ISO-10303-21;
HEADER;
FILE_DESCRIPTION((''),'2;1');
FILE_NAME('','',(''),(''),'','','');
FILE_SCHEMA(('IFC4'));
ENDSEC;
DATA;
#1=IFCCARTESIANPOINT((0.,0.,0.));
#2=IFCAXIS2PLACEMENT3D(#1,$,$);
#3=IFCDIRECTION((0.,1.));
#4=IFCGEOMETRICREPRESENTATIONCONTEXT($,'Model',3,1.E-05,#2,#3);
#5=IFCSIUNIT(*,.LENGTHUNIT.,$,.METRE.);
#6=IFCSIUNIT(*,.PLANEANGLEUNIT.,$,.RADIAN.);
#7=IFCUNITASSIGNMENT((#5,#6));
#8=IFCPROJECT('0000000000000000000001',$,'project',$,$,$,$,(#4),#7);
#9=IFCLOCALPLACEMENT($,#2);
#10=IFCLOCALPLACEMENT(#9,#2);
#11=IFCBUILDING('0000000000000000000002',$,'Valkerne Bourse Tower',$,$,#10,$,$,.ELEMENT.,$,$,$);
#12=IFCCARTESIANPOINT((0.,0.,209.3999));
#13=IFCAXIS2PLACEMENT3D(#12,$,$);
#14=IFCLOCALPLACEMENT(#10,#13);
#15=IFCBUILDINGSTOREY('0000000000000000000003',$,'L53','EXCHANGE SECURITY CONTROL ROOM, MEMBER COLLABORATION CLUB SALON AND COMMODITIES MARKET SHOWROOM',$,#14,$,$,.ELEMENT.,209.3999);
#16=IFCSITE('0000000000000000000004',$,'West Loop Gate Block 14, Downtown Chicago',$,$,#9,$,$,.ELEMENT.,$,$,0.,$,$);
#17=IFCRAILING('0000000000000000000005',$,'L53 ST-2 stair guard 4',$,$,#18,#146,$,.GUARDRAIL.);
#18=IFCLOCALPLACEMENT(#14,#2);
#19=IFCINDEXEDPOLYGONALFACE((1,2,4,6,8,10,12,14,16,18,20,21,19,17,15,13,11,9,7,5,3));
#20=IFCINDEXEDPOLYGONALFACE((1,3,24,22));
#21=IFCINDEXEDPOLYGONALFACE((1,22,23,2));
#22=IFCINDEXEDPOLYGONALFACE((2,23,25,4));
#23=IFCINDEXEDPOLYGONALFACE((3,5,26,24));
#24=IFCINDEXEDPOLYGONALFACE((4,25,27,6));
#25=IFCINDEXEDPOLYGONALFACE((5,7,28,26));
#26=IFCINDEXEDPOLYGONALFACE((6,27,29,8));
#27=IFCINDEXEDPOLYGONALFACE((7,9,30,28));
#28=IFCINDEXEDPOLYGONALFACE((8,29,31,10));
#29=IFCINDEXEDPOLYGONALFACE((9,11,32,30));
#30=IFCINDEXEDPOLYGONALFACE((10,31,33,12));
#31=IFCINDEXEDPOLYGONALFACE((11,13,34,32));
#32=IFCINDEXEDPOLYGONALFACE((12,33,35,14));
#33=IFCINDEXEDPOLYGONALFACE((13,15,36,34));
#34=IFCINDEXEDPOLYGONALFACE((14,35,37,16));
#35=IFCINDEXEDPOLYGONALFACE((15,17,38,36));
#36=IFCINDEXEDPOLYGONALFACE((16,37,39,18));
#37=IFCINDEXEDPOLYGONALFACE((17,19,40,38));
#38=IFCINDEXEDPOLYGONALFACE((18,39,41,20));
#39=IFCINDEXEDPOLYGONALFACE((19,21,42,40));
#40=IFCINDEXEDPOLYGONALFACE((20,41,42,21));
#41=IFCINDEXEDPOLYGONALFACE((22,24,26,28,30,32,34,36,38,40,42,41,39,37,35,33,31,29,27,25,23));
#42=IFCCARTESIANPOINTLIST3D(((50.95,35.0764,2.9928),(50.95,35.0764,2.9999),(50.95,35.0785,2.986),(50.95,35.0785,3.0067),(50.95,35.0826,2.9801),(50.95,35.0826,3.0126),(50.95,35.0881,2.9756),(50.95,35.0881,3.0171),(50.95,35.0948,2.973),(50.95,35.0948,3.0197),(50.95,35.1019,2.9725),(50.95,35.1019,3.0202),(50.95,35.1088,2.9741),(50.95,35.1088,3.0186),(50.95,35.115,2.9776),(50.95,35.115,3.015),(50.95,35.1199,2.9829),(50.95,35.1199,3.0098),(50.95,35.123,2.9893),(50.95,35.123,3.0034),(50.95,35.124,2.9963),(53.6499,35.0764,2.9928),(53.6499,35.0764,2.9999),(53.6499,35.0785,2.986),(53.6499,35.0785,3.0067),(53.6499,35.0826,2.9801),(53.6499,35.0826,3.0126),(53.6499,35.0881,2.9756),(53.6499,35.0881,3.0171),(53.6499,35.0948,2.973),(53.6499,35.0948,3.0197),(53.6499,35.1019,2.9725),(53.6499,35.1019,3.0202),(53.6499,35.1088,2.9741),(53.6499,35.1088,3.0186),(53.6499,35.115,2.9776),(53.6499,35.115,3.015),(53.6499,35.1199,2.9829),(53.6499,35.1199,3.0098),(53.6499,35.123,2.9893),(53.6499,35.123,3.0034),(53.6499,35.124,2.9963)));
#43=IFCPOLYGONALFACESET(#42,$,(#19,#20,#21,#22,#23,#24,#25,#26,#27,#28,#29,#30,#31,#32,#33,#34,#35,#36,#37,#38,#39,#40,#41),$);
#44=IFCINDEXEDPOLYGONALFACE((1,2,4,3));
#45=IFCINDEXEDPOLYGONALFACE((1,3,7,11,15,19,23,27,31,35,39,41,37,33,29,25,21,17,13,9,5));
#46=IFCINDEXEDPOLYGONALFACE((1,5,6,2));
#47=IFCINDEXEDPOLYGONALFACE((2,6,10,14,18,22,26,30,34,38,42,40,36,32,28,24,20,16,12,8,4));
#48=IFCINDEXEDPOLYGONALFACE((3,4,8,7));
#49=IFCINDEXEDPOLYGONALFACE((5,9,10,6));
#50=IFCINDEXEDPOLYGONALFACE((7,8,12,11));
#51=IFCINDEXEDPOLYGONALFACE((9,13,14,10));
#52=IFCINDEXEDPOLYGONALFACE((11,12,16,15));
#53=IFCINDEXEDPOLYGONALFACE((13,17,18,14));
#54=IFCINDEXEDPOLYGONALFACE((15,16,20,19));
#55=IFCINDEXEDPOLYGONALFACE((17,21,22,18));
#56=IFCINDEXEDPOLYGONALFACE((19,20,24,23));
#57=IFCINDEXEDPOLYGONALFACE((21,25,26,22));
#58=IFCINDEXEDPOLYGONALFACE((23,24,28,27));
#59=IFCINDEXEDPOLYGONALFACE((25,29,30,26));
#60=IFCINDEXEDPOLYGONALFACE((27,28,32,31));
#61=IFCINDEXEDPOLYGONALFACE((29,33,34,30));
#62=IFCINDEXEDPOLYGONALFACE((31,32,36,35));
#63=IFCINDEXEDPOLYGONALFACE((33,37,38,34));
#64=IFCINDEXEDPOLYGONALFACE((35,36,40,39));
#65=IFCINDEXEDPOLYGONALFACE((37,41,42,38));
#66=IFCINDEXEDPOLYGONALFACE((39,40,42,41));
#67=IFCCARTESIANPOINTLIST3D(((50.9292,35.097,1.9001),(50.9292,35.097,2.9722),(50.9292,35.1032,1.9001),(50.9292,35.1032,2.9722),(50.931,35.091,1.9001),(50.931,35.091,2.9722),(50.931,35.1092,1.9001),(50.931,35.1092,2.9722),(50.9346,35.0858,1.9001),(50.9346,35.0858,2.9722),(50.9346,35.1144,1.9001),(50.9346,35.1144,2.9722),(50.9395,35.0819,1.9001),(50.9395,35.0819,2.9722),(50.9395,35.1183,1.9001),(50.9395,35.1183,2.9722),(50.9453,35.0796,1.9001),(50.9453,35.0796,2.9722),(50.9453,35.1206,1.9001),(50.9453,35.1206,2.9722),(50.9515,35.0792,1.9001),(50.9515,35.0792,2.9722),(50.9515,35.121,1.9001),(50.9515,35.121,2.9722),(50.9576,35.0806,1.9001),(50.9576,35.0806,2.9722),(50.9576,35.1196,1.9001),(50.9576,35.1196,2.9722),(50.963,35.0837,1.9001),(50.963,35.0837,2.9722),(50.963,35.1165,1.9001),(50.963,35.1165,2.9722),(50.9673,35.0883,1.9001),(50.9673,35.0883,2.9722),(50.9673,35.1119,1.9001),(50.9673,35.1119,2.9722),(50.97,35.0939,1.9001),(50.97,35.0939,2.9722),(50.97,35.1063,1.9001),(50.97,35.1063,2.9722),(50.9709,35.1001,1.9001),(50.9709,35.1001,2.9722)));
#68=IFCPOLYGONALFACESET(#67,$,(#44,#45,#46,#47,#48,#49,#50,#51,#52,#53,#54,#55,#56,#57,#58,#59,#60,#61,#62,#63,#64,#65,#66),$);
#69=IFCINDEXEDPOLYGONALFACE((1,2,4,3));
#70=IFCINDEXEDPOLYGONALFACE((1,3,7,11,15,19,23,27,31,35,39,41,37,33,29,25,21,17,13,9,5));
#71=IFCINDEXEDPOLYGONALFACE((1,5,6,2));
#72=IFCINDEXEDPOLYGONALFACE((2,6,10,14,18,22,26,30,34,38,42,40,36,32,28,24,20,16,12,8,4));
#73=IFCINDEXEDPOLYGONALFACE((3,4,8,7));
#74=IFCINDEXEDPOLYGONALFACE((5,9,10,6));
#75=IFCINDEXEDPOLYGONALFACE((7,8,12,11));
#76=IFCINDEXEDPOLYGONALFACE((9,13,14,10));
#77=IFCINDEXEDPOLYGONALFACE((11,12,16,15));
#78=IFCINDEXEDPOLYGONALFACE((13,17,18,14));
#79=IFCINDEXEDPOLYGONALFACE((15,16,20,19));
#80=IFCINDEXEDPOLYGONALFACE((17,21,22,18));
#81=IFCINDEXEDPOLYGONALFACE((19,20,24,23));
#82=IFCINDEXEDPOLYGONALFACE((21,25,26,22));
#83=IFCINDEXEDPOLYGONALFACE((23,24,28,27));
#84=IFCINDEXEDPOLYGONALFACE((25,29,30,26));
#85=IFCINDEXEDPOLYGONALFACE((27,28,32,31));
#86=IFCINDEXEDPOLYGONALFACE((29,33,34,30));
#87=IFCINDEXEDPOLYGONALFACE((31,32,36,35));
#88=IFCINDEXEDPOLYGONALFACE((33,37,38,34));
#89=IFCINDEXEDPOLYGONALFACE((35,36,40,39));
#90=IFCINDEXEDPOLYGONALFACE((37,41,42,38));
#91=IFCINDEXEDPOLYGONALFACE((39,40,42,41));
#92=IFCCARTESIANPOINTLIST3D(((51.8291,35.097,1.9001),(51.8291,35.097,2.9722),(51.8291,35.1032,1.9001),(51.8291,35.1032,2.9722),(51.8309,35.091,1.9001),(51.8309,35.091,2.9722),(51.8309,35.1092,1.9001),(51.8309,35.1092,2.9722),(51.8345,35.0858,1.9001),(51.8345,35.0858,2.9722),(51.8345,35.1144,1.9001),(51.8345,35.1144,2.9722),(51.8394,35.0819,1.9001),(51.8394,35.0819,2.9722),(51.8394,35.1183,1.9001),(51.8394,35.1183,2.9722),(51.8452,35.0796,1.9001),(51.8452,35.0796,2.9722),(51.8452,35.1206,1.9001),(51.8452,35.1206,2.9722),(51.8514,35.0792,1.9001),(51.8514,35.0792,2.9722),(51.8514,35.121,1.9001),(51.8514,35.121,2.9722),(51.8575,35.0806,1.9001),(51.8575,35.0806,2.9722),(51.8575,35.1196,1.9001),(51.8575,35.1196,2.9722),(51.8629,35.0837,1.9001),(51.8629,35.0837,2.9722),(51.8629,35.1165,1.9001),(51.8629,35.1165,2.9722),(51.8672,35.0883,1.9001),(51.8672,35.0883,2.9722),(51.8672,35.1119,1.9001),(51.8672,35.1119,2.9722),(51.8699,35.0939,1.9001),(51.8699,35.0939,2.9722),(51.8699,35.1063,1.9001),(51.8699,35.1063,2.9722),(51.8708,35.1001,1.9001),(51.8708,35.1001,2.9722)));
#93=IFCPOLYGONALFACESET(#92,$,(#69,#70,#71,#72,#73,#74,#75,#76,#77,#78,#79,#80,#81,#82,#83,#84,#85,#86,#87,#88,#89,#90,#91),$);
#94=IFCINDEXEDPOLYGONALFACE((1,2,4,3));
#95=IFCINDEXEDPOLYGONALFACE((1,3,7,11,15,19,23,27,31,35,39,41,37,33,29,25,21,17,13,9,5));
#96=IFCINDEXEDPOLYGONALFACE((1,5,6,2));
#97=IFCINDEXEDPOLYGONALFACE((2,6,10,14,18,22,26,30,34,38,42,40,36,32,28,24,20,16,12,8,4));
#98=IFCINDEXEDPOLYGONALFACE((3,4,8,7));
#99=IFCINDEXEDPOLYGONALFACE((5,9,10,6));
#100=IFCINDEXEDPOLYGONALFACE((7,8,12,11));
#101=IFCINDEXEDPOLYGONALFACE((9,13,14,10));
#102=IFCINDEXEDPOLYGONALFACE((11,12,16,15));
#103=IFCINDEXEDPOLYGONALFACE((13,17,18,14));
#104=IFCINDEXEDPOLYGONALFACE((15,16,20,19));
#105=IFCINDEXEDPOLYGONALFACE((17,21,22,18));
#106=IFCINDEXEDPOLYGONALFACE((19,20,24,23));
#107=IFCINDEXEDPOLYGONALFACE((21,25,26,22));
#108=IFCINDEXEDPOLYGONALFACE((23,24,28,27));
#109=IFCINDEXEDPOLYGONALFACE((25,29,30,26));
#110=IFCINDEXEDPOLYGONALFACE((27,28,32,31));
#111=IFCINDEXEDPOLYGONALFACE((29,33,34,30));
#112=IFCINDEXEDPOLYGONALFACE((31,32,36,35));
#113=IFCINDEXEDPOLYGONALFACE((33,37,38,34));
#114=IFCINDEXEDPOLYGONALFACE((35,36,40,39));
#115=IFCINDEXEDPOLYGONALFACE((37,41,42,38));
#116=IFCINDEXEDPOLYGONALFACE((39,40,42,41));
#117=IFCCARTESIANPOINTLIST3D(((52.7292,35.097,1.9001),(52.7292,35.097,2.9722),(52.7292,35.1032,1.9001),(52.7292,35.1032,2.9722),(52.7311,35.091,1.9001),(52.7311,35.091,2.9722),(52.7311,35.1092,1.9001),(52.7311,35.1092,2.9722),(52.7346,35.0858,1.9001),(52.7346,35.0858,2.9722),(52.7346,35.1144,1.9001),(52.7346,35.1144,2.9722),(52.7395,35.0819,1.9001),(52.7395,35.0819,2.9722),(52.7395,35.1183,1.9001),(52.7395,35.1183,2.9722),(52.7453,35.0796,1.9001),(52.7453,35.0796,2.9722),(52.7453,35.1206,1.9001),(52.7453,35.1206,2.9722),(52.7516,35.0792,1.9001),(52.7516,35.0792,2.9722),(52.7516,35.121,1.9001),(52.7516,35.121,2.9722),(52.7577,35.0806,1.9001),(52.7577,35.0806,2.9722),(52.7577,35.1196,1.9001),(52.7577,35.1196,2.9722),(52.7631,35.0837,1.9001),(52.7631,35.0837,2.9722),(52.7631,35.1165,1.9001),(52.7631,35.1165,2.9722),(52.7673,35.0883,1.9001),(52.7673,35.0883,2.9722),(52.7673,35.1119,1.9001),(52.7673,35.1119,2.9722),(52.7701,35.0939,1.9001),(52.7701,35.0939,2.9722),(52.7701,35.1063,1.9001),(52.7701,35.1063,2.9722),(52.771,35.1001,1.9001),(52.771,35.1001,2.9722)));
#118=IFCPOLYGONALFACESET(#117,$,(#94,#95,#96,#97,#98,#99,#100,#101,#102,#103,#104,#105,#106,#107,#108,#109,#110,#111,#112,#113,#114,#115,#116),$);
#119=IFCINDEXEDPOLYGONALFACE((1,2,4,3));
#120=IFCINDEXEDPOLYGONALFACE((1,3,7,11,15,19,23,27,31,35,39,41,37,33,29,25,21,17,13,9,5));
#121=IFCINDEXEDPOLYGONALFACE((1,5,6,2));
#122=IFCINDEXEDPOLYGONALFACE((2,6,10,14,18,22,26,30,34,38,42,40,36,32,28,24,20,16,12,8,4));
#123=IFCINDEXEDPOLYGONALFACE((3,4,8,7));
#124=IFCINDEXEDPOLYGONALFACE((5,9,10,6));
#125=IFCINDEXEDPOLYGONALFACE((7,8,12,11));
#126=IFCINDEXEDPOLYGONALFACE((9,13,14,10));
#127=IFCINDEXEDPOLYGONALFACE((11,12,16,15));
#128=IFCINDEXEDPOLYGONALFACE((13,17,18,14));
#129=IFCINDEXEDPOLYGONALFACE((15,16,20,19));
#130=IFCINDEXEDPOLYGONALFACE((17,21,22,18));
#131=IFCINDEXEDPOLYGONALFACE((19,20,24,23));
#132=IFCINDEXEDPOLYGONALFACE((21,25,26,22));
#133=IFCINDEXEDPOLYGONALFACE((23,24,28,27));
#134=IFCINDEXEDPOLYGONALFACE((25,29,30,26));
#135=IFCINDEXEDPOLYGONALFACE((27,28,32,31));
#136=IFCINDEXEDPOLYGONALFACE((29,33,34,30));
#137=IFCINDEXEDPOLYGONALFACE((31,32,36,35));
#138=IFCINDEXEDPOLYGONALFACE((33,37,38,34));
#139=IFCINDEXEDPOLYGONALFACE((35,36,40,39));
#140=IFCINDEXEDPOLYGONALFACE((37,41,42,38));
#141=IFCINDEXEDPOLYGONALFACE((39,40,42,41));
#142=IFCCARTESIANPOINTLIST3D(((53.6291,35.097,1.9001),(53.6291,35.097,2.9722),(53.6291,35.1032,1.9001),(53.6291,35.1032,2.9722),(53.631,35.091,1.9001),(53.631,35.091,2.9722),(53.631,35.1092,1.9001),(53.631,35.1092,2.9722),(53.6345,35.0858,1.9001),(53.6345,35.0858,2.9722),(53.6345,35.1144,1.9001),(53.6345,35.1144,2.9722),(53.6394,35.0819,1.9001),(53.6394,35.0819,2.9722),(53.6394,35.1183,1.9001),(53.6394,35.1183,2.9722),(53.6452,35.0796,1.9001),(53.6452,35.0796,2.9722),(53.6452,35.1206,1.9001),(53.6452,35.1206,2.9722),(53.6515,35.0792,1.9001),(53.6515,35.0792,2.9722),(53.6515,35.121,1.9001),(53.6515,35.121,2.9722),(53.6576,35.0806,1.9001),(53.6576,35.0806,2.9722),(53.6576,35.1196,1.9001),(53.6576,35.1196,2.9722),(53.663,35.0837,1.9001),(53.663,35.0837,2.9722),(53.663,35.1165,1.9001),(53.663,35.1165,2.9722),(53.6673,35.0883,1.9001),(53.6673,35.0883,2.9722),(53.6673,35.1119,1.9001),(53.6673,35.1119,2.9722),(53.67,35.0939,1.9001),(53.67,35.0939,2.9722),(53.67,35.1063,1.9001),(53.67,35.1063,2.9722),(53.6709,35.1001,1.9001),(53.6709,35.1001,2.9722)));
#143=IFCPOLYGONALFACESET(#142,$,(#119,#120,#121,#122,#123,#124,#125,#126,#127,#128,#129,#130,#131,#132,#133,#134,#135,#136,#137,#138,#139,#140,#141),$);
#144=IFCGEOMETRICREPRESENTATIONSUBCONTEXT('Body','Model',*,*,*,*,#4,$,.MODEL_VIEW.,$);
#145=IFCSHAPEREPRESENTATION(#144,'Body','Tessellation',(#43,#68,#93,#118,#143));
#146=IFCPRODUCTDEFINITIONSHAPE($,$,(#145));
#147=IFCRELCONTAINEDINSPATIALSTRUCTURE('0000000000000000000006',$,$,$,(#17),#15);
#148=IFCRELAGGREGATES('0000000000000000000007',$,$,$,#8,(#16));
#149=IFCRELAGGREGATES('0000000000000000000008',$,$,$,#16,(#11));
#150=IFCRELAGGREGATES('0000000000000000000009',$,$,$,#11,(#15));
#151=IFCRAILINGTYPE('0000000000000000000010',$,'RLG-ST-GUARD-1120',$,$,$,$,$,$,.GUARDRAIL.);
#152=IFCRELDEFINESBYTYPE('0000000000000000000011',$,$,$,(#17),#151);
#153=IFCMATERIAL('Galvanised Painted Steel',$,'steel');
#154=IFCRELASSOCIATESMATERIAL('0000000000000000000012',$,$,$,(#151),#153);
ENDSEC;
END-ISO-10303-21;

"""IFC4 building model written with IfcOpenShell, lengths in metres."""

from ifc_helpers import new_model, si_unit, direction, frame, origin, origin_2d, place, context, subcontext, project, spatial, circle, extrude, material, type_object, element, save


model = new_model("IFC4")

# Units and contexts
model_context = context("Model", 3, precision=1e-05, world=origin(), true_north=direction((0.0, 1.0)))
body_context = subcontext(model_context, "Body", "Model", "MODEL_VIEW")
ifc_project = project(units=[si_unit("LENGTHUNIT", "METRE"), si_unit("PLANEANGLEUNIT", "RADIAN")], contexts=[model_context])

# Site, building, storey
site_placement = place(None, origin())
site = spatial("IfcSite", under=ifc_project, at=site_placement, Name="West Loop Gate Block 14, Downtown Chicago", CompositionType="ELEMENT", RefElevation=0.0)
building_placement = place(site_placement, origin())
building = spatial("IfcBuilding", under=site, at=building_placement, Name="Valkerne Bourse Tower", CompositionType="ELEMENT")
storey_placement = place(building_placement, frame((0.0, 0.0, 209.3999)))
storey = spatial("IfcBuildingStorey", under=building, at=storey_placement, Name="L53", Description="EXCHANGE SECURITY CONTROL ROOM, MEMBER COLLABORATION CLUB SALON AND COMMODITIES MARKET SHOWROOM", CompositionType="ELEMENT", Elevation=209.3999)

# Railing
ifc_material_1 = material(Name="Galvanised Painted Steel", Category="steel")
railing_type_1 = type_object("IfcRailingType", Name="RLG-ST-GUARD-1120", PredefinedType="GUARDRAIL", material=ifc_material_1)
railing_1_placement = place(storey_placement, frame((50.95, 35.1001, 1.9001)))
element("IfcRailing", 1, at=railing_1_placement, inside=storey, type_object=railing_type_1, Name="L53 ST-2 stair guard 4", PredefinedType="GUARDRAIL", context=body_context, shape_type="SweptSolid", body=[
    extrude(circle(Radius=0.0239, at=origin_2d()), frame((0.0, 0.0, 1.0962), z_axis=(1.0, 0.0, 0.0), x_axis=(0.0, 1.0, 0.0)), (0.0, 0.0, 1.0), 2.7),
    extrude(circle(Radius=0.021, at=origin_2d()), origin(), (0.0, 0.0, 1.0), 1.072),
    extrude(circle(Radius=0.021, at=origin_2d()), frame((0.8999, 0.0, 0.0)), (0.0, 0.0, 1.0), 1.072),
    extrude(circle(Radius=0.021, at=origin_2d()), frame((1.8, 0.0, 0.0)), (0.0, 0.0, 1.0), 1.072),
    extrude(circle(Radius=0.021, at=origin_2d()), frame((2.7, 0.0, 0.0)), (0.0, 0.0, 1.0), 1.072),
])

save(model, "model.ifc")
